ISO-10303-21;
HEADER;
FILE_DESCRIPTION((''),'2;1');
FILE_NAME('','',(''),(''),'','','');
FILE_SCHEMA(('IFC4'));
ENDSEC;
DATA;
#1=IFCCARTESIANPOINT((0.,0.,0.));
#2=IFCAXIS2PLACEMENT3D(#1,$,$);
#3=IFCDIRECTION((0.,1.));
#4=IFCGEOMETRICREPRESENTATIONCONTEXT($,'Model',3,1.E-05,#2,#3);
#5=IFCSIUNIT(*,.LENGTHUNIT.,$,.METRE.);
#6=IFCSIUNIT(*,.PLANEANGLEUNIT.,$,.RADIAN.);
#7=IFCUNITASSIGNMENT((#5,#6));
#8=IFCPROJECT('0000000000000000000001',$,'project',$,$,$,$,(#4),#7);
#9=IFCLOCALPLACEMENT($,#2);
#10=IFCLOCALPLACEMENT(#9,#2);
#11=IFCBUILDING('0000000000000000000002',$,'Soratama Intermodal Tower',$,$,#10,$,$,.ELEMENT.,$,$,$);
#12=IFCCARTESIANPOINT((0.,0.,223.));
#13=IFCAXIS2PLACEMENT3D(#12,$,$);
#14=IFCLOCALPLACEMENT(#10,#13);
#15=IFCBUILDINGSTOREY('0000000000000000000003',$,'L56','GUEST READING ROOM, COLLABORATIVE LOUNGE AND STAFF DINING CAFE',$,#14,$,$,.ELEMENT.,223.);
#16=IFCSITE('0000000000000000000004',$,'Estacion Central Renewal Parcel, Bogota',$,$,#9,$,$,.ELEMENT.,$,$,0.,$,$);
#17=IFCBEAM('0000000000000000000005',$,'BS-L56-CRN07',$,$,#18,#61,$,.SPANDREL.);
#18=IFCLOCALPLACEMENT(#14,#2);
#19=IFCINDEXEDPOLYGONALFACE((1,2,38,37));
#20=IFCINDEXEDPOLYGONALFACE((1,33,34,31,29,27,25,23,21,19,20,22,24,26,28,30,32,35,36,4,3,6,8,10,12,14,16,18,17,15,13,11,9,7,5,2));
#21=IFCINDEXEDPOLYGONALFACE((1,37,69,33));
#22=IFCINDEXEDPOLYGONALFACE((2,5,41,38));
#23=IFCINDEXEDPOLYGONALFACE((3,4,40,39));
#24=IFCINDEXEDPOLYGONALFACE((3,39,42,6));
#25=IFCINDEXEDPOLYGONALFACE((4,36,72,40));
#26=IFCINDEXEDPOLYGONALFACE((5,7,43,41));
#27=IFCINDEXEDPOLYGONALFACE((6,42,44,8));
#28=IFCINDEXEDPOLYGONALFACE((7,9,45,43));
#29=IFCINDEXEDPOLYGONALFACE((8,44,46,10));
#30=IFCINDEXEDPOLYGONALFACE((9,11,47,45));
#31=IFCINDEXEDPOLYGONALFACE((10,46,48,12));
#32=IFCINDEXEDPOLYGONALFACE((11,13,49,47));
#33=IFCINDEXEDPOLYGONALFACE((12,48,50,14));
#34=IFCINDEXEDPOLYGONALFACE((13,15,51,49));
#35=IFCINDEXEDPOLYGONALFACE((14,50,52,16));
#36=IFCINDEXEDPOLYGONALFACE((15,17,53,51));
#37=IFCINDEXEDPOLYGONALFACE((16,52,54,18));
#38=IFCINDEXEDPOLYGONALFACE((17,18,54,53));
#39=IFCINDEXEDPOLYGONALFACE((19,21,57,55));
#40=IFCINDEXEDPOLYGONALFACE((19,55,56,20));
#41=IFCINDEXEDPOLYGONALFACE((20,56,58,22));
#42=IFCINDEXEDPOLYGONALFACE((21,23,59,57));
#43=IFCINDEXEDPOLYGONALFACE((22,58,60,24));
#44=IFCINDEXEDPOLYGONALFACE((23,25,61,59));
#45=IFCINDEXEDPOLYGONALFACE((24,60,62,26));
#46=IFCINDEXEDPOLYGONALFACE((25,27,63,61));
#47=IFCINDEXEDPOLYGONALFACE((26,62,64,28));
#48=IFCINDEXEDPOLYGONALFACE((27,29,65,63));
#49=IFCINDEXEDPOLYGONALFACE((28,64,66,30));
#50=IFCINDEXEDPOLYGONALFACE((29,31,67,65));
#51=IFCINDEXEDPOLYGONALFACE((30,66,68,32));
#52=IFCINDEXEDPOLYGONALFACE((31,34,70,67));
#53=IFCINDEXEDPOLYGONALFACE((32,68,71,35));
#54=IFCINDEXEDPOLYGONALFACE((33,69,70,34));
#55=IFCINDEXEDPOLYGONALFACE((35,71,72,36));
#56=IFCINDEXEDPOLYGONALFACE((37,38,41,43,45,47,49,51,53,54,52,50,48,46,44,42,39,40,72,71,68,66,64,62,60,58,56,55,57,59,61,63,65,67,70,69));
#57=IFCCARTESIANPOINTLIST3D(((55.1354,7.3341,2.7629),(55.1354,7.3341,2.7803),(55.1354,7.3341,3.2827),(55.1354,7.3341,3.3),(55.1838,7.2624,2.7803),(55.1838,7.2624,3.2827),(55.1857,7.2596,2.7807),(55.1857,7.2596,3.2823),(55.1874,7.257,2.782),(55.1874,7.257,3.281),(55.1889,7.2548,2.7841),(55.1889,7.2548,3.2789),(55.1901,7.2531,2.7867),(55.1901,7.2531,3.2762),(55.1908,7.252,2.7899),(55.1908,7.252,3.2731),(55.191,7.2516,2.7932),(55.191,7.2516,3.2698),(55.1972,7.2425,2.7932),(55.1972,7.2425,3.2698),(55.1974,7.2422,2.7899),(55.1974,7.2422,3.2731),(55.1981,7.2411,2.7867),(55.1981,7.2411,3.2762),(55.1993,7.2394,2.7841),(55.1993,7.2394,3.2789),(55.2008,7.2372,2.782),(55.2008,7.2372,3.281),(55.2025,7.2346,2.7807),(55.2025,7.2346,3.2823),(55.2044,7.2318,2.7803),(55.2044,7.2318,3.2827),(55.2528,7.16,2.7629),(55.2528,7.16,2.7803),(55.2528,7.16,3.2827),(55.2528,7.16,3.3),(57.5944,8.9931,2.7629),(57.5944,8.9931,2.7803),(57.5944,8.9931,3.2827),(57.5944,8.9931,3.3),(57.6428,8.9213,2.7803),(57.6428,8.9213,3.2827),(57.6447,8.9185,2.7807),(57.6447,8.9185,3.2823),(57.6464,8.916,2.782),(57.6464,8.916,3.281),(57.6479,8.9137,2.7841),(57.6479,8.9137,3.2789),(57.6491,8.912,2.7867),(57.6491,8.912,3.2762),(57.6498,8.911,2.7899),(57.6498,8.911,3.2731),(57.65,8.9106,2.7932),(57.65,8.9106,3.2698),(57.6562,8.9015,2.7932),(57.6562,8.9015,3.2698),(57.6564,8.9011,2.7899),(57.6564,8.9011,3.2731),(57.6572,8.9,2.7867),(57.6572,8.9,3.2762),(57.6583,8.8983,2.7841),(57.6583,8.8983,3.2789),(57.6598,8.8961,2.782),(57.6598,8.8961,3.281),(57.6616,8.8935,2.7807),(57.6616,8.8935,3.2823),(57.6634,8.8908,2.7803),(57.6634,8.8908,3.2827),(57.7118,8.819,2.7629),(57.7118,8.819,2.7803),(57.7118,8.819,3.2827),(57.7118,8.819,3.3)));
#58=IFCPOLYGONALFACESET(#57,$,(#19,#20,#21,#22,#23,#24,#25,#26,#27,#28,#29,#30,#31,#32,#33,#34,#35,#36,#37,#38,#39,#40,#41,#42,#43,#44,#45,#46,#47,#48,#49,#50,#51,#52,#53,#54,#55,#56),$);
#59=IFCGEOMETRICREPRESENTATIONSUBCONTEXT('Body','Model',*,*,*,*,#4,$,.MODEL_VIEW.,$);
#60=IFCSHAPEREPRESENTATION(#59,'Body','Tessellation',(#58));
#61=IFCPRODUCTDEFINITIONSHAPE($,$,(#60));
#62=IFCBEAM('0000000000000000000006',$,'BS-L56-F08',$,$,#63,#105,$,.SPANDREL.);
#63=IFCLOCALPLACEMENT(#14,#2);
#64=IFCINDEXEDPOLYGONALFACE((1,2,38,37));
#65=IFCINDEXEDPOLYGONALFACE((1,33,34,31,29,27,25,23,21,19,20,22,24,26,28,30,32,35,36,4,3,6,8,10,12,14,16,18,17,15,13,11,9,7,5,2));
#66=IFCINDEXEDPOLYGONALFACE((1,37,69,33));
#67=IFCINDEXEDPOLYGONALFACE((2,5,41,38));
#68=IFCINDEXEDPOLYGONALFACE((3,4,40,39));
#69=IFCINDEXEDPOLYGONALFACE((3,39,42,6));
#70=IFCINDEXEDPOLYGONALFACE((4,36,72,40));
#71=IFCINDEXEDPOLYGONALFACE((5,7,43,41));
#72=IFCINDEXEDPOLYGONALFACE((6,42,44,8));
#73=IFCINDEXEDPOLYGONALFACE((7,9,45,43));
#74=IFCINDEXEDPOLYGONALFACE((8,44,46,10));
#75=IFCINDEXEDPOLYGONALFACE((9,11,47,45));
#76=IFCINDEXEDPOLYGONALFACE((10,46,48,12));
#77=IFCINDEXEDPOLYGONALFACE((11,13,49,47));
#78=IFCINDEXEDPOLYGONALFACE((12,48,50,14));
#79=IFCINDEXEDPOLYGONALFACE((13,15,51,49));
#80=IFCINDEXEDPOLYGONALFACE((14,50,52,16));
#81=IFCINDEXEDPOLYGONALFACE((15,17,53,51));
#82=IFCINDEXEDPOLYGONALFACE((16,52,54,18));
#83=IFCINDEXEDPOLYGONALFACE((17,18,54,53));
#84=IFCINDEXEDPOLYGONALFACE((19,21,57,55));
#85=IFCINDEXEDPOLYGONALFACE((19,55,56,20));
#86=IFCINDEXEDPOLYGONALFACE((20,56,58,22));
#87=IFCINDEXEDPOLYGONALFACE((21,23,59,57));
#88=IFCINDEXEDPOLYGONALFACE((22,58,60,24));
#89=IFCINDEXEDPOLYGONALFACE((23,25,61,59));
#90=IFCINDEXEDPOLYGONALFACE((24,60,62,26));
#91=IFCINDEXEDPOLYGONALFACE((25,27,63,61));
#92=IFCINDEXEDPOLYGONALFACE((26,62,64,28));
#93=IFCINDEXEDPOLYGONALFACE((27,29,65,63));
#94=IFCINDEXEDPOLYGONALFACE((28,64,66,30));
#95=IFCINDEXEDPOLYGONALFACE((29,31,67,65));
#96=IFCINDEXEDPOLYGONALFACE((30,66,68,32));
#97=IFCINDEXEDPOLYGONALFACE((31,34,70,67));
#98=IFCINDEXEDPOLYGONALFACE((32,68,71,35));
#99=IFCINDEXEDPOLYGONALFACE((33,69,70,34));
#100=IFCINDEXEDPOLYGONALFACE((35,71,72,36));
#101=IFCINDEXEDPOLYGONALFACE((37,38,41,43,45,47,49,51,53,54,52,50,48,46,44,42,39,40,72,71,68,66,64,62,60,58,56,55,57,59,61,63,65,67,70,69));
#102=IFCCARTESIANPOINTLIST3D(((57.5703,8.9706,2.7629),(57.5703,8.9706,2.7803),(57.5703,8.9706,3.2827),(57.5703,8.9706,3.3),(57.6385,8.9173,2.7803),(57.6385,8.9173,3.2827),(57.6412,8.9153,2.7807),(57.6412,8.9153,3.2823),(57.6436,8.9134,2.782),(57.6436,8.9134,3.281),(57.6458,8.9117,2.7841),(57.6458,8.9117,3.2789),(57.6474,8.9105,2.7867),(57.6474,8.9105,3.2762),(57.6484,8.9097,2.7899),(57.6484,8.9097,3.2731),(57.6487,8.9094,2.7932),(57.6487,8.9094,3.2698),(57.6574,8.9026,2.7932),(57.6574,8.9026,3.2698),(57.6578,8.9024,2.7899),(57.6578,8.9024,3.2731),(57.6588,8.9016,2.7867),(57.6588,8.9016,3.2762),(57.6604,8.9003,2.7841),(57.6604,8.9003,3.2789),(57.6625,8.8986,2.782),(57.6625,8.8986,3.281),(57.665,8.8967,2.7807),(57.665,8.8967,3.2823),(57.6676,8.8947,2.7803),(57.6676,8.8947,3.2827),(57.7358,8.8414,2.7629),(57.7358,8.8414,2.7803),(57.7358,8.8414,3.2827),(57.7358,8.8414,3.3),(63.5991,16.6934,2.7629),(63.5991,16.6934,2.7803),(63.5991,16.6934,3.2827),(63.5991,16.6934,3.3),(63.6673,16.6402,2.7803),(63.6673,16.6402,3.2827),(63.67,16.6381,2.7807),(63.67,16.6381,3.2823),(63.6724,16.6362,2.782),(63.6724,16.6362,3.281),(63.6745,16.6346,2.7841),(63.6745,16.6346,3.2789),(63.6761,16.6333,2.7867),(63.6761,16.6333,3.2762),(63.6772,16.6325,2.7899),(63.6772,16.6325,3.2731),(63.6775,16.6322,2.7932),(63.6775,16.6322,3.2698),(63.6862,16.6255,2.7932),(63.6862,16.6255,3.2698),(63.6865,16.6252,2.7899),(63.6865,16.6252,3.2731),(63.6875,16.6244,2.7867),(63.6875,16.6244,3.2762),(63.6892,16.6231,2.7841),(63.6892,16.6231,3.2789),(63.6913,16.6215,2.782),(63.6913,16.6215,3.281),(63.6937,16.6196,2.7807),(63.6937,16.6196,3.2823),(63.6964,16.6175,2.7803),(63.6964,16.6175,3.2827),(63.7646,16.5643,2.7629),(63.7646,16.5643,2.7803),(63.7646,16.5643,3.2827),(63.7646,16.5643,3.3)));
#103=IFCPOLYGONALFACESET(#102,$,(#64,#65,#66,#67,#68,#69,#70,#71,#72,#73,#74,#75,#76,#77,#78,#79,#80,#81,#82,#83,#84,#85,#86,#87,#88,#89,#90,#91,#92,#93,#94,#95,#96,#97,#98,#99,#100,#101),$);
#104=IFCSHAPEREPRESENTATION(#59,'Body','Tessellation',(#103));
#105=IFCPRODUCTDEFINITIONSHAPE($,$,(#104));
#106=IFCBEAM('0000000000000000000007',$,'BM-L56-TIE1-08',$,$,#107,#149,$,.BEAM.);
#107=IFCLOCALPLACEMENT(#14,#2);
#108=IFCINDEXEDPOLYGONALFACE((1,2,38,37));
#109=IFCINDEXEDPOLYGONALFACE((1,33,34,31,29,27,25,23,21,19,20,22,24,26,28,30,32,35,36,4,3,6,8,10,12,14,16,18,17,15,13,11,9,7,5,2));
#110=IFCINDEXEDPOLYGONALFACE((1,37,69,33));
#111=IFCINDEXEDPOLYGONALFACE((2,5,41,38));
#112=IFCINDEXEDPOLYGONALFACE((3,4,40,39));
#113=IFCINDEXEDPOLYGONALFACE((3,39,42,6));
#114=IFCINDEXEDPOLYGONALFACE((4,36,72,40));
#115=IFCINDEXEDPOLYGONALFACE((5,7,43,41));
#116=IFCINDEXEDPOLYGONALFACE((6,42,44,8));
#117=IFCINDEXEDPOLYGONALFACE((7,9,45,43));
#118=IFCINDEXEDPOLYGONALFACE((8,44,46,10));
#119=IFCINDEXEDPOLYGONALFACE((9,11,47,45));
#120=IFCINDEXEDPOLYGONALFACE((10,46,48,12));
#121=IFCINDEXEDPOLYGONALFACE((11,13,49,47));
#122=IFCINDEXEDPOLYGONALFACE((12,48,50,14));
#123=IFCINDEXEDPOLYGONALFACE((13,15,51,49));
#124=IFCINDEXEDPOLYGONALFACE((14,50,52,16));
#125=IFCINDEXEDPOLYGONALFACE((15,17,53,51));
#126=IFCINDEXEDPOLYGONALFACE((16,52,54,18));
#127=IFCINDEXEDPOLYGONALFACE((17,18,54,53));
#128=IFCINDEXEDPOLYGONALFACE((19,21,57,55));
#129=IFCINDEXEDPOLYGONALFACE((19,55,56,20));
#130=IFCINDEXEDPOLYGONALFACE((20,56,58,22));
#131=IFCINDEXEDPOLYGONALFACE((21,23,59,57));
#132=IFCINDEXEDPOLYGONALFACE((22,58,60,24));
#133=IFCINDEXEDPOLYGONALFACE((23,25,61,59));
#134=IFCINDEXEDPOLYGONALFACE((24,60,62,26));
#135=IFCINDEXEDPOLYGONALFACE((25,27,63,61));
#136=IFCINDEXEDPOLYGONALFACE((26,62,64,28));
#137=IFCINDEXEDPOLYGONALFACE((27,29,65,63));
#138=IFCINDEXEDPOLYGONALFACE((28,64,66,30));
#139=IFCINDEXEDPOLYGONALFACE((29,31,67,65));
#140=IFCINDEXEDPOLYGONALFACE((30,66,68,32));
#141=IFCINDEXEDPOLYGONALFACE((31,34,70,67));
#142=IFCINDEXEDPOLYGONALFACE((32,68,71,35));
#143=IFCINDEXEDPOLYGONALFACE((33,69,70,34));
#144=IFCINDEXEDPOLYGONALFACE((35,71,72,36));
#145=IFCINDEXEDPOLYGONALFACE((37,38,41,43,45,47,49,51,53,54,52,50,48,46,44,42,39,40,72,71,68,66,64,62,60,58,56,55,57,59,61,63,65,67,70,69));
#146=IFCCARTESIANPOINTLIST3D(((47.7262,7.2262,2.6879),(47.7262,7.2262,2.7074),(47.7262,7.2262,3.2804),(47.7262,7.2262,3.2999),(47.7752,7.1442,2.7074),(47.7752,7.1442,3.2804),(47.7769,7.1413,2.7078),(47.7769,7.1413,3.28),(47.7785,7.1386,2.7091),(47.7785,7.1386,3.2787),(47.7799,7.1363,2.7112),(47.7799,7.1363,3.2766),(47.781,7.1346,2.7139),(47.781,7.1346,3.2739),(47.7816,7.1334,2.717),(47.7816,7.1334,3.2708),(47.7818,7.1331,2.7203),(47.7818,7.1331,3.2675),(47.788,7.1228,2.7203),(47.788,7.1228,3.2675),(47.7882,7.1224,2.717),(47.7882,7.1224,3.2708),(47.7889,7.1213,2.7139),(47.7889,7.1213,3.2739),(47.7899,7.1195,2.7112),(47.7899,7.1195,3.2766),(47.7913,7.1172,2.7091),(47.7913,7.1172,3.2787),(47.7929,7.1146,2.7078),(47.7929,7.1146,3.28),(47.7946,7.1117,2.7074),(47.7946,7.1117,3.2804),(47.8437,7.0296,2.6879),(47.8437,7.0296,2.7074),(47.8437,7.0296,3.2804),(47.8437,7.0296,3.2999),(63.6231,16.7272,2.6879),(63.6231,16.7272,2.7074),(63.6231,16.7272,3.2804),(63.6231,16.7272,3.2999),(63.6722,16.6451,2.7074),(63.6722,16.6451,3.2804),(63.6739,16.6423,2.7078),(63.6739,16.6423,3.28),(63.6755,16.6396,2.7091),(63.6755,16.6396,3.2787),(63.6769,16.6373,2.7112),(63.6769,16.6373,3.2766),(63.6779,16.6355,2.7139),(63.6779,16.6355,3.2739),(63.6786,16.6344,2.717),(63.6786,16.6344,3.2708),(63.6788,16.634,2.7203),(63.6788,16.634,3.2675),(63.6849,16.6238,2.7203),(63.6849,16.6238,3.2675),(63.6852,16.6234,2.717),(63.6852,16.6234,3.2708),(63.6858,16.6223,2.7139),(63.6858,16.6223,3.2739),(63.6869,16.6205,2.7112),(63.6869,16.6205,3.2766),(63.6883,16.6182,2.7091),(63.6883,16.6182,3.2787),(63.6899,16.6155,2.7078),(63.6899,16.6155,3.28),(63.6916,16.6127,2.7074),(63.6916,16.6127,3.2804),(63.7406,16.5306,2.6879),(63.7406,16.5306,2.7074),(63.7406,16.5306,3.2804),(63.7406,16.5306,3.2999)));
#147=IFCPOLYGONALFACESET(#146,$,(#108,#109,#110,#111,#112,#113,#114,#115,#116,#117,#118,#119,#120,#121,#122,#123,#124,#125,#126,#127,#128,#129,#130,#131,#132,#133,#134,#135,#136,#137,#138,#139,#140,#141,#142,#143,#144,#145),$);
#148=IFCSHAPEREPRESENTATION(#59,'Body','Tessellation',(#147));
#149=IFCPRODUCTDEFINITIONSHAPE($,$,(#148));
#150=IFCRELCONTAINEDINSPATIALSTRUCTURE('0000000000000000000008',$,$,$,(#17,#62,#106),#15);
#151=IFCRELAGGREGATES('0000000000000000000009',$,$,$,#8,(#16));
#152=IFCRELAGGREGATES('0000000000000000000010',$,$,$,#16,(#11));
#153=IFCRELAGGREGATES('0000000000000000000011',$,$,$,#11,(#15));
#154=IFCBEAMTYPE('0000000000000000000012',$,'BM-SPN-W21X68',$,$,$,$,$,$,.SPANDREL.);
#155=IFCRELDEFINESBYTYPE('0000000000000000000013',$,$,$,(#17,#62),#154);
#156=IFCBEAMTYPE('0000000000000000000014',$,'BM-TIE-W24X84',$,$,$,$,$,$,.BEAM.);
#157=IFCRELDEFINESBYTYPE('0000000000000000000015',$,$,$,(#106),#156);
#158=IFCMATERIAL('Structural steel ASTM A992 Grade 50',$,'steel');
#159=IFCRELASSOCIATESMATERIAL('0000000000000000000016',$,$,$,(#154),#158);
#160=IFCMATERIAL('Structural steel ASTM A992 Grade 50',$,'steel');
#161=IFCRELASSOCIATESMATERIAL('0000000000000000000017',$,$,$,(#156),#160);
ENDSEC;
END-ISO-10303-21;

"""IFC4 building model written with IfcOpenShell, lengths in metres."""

from ifc_helpers import new_model, si_unit, direction, frame, origin, origin_2d, place, context, subcontext, project, spatial, i_section, extrude, material, material_profile, profile_set, type_object, element, save


model = new_model("IFC4")

# Units and contexts
model_context = context("Model", 3, precision=1e-05, world=origin(), true_north=direction((0.0, 1.0)))
body_context = subcontext(model_context, "Body", "Model", "MODEL_VIEW")
ifc_project = project(units=[si_unit("LENGTHUNIT", "METRE"), si_unit("PLANEANGLEUNIT", "RADIAN")], contexts=[model_context])

# Site, building, storey
site_placement = place(None, origin())
site = spatial("IfcSite", under=ifc_project, at=site_placement, Name="Estacion Central Renewal Parcel, Bogota", CompositionType="ELEMENT", RefElevation=0.0)
building_placement = place(site_placement, origin())
building = spatial("IfcBuilding", under=site, at=building_placement, Name="Soratama Intermodal Tower", CompositionType="ELEMENT")
storey_placement = place(building_placement, frame((0.0, 0.0, 223.0)))
storey = spatial("IfcBuildingStorey", under=building, at=storey_placement, Name="L56", Description="GUEST READING ROOM, COLLABORATIVE LOUNGE AND STAFF DINING CAFE", CompositionType="ELEMENT", Elevation=223.0)

# Beams
ifc_material_1 = material(Name="Structural steel ASTM A992 Grade 50", Category="steel")
ifc_material_profile_1 = material_profile(ifc_material_1, i_section(OverallWidth=0.21, OverallDepth=0.5371, WebThickness=0.011, FlangeThickness=0.0173, FilletRadius=0.0129, at=origin_2d()), Name="W21X68")
ifc_profile_set_1 = profile_set([ifc_material_profile_1], Name="Structural steel ASTM A992 Grade 50")
beam_type_1 = type_object("IfcBeamType", Name="BM-SPN-W21X68", PredefinedType="SPANDREL", material=ifc_profile_set_1)
beam_1_placement = place(storey_placement, frame((55.1941, 7.2471, 3.0315), z_axis=(0.828986, 0.559269, 0.0), x_axis=(-0.559269, 0.828986, 0.0)))
element("IfcBeam", 1, at=beam_1_placement, inside=storey, type_object=beam_type_1, Name="BS-L56-CRN07", PredefinedType="SPANDREL", context=body_context, shape_type="SweptSolid", body=[
    extrude(i_section(OverallWidth=0.21, OverallDepth=0.5371, WebThickness=0.011, FlangeThickness=0.0173, FilletRadius=0.0129, at=origin_2d()), origin(), (0.0, 0.0, 1.0), 2.9663),
])
beam_2_placement = place(storey_placement, frame((57.6531, 8.906, 3.0315), z_axis=(0.615346, 0.788257, 0.0), x_axis=(-0.788257, 0.615346, 0.0)))
element("IfcBeam", 2, at=beam_2_placement, inside=storey, type_object=beam_type_1, Name="BS-L56-F08", PredefinedType="SPANDREL", context=body_context, shape_type="SweptSolid", body=[
    extrude(i_section(OverallWidth=0.21, OverallDepth=0.5371, WebThickness=0.011, FlangeThickness=0.0173, FilletRadius=0.0129, at=origin_2d()), origin(), (0.0, 0.0, 1.0), 9.7974),
])
ifc_material_2 = material(Name="Structural steel ASTM A992 Grade 50", Category="steel")
ifc_material_profile_2 = material_profile(ifc_material_2, i_section(OverallWidth=0.229, OverallDepth=0.6121, WebThickness=0.012, FlangeThickness=0.0195, FilletRadius=0.0129, at=origin_2d()), Name="W24X84")
ifc_profile_set_2 = profile_set([ifc_material_profile_2], Name="Structural steel ASTM A992 Grade 50")
beam_type_2 = type_object("IfcBeamType", Name="BM-TIE-W24X84", PredefinedType="BEAM", material=ifc_profile_set_2)
beam_3_placement = place(storey_placement, frame((47.7849, 7.1279, 2.9939), z_axis=(0.858378, 0.513018, 0.0), x_axis=(-0.513018, 0.858378, 0.0)))
element("IfcBeam", 3, at=beam_3_placement, inside=storey, type_object=beam_type_2, Name="BM-L56-TIE1-08", PredefinedType="BEAM", context=body_context, shape_type="SweptSolid", body=[
    extrude(i_section(OverallWidth=0.229, OverallDepth=0.6121, WebThickness=0.012, FlangeThickness=0.0195, FilletRadius=0.0129, at=origin_2d()), origin(), (0.0, 0.0, 1.0), 18.5198),
])

save(model, "model.ifc")
